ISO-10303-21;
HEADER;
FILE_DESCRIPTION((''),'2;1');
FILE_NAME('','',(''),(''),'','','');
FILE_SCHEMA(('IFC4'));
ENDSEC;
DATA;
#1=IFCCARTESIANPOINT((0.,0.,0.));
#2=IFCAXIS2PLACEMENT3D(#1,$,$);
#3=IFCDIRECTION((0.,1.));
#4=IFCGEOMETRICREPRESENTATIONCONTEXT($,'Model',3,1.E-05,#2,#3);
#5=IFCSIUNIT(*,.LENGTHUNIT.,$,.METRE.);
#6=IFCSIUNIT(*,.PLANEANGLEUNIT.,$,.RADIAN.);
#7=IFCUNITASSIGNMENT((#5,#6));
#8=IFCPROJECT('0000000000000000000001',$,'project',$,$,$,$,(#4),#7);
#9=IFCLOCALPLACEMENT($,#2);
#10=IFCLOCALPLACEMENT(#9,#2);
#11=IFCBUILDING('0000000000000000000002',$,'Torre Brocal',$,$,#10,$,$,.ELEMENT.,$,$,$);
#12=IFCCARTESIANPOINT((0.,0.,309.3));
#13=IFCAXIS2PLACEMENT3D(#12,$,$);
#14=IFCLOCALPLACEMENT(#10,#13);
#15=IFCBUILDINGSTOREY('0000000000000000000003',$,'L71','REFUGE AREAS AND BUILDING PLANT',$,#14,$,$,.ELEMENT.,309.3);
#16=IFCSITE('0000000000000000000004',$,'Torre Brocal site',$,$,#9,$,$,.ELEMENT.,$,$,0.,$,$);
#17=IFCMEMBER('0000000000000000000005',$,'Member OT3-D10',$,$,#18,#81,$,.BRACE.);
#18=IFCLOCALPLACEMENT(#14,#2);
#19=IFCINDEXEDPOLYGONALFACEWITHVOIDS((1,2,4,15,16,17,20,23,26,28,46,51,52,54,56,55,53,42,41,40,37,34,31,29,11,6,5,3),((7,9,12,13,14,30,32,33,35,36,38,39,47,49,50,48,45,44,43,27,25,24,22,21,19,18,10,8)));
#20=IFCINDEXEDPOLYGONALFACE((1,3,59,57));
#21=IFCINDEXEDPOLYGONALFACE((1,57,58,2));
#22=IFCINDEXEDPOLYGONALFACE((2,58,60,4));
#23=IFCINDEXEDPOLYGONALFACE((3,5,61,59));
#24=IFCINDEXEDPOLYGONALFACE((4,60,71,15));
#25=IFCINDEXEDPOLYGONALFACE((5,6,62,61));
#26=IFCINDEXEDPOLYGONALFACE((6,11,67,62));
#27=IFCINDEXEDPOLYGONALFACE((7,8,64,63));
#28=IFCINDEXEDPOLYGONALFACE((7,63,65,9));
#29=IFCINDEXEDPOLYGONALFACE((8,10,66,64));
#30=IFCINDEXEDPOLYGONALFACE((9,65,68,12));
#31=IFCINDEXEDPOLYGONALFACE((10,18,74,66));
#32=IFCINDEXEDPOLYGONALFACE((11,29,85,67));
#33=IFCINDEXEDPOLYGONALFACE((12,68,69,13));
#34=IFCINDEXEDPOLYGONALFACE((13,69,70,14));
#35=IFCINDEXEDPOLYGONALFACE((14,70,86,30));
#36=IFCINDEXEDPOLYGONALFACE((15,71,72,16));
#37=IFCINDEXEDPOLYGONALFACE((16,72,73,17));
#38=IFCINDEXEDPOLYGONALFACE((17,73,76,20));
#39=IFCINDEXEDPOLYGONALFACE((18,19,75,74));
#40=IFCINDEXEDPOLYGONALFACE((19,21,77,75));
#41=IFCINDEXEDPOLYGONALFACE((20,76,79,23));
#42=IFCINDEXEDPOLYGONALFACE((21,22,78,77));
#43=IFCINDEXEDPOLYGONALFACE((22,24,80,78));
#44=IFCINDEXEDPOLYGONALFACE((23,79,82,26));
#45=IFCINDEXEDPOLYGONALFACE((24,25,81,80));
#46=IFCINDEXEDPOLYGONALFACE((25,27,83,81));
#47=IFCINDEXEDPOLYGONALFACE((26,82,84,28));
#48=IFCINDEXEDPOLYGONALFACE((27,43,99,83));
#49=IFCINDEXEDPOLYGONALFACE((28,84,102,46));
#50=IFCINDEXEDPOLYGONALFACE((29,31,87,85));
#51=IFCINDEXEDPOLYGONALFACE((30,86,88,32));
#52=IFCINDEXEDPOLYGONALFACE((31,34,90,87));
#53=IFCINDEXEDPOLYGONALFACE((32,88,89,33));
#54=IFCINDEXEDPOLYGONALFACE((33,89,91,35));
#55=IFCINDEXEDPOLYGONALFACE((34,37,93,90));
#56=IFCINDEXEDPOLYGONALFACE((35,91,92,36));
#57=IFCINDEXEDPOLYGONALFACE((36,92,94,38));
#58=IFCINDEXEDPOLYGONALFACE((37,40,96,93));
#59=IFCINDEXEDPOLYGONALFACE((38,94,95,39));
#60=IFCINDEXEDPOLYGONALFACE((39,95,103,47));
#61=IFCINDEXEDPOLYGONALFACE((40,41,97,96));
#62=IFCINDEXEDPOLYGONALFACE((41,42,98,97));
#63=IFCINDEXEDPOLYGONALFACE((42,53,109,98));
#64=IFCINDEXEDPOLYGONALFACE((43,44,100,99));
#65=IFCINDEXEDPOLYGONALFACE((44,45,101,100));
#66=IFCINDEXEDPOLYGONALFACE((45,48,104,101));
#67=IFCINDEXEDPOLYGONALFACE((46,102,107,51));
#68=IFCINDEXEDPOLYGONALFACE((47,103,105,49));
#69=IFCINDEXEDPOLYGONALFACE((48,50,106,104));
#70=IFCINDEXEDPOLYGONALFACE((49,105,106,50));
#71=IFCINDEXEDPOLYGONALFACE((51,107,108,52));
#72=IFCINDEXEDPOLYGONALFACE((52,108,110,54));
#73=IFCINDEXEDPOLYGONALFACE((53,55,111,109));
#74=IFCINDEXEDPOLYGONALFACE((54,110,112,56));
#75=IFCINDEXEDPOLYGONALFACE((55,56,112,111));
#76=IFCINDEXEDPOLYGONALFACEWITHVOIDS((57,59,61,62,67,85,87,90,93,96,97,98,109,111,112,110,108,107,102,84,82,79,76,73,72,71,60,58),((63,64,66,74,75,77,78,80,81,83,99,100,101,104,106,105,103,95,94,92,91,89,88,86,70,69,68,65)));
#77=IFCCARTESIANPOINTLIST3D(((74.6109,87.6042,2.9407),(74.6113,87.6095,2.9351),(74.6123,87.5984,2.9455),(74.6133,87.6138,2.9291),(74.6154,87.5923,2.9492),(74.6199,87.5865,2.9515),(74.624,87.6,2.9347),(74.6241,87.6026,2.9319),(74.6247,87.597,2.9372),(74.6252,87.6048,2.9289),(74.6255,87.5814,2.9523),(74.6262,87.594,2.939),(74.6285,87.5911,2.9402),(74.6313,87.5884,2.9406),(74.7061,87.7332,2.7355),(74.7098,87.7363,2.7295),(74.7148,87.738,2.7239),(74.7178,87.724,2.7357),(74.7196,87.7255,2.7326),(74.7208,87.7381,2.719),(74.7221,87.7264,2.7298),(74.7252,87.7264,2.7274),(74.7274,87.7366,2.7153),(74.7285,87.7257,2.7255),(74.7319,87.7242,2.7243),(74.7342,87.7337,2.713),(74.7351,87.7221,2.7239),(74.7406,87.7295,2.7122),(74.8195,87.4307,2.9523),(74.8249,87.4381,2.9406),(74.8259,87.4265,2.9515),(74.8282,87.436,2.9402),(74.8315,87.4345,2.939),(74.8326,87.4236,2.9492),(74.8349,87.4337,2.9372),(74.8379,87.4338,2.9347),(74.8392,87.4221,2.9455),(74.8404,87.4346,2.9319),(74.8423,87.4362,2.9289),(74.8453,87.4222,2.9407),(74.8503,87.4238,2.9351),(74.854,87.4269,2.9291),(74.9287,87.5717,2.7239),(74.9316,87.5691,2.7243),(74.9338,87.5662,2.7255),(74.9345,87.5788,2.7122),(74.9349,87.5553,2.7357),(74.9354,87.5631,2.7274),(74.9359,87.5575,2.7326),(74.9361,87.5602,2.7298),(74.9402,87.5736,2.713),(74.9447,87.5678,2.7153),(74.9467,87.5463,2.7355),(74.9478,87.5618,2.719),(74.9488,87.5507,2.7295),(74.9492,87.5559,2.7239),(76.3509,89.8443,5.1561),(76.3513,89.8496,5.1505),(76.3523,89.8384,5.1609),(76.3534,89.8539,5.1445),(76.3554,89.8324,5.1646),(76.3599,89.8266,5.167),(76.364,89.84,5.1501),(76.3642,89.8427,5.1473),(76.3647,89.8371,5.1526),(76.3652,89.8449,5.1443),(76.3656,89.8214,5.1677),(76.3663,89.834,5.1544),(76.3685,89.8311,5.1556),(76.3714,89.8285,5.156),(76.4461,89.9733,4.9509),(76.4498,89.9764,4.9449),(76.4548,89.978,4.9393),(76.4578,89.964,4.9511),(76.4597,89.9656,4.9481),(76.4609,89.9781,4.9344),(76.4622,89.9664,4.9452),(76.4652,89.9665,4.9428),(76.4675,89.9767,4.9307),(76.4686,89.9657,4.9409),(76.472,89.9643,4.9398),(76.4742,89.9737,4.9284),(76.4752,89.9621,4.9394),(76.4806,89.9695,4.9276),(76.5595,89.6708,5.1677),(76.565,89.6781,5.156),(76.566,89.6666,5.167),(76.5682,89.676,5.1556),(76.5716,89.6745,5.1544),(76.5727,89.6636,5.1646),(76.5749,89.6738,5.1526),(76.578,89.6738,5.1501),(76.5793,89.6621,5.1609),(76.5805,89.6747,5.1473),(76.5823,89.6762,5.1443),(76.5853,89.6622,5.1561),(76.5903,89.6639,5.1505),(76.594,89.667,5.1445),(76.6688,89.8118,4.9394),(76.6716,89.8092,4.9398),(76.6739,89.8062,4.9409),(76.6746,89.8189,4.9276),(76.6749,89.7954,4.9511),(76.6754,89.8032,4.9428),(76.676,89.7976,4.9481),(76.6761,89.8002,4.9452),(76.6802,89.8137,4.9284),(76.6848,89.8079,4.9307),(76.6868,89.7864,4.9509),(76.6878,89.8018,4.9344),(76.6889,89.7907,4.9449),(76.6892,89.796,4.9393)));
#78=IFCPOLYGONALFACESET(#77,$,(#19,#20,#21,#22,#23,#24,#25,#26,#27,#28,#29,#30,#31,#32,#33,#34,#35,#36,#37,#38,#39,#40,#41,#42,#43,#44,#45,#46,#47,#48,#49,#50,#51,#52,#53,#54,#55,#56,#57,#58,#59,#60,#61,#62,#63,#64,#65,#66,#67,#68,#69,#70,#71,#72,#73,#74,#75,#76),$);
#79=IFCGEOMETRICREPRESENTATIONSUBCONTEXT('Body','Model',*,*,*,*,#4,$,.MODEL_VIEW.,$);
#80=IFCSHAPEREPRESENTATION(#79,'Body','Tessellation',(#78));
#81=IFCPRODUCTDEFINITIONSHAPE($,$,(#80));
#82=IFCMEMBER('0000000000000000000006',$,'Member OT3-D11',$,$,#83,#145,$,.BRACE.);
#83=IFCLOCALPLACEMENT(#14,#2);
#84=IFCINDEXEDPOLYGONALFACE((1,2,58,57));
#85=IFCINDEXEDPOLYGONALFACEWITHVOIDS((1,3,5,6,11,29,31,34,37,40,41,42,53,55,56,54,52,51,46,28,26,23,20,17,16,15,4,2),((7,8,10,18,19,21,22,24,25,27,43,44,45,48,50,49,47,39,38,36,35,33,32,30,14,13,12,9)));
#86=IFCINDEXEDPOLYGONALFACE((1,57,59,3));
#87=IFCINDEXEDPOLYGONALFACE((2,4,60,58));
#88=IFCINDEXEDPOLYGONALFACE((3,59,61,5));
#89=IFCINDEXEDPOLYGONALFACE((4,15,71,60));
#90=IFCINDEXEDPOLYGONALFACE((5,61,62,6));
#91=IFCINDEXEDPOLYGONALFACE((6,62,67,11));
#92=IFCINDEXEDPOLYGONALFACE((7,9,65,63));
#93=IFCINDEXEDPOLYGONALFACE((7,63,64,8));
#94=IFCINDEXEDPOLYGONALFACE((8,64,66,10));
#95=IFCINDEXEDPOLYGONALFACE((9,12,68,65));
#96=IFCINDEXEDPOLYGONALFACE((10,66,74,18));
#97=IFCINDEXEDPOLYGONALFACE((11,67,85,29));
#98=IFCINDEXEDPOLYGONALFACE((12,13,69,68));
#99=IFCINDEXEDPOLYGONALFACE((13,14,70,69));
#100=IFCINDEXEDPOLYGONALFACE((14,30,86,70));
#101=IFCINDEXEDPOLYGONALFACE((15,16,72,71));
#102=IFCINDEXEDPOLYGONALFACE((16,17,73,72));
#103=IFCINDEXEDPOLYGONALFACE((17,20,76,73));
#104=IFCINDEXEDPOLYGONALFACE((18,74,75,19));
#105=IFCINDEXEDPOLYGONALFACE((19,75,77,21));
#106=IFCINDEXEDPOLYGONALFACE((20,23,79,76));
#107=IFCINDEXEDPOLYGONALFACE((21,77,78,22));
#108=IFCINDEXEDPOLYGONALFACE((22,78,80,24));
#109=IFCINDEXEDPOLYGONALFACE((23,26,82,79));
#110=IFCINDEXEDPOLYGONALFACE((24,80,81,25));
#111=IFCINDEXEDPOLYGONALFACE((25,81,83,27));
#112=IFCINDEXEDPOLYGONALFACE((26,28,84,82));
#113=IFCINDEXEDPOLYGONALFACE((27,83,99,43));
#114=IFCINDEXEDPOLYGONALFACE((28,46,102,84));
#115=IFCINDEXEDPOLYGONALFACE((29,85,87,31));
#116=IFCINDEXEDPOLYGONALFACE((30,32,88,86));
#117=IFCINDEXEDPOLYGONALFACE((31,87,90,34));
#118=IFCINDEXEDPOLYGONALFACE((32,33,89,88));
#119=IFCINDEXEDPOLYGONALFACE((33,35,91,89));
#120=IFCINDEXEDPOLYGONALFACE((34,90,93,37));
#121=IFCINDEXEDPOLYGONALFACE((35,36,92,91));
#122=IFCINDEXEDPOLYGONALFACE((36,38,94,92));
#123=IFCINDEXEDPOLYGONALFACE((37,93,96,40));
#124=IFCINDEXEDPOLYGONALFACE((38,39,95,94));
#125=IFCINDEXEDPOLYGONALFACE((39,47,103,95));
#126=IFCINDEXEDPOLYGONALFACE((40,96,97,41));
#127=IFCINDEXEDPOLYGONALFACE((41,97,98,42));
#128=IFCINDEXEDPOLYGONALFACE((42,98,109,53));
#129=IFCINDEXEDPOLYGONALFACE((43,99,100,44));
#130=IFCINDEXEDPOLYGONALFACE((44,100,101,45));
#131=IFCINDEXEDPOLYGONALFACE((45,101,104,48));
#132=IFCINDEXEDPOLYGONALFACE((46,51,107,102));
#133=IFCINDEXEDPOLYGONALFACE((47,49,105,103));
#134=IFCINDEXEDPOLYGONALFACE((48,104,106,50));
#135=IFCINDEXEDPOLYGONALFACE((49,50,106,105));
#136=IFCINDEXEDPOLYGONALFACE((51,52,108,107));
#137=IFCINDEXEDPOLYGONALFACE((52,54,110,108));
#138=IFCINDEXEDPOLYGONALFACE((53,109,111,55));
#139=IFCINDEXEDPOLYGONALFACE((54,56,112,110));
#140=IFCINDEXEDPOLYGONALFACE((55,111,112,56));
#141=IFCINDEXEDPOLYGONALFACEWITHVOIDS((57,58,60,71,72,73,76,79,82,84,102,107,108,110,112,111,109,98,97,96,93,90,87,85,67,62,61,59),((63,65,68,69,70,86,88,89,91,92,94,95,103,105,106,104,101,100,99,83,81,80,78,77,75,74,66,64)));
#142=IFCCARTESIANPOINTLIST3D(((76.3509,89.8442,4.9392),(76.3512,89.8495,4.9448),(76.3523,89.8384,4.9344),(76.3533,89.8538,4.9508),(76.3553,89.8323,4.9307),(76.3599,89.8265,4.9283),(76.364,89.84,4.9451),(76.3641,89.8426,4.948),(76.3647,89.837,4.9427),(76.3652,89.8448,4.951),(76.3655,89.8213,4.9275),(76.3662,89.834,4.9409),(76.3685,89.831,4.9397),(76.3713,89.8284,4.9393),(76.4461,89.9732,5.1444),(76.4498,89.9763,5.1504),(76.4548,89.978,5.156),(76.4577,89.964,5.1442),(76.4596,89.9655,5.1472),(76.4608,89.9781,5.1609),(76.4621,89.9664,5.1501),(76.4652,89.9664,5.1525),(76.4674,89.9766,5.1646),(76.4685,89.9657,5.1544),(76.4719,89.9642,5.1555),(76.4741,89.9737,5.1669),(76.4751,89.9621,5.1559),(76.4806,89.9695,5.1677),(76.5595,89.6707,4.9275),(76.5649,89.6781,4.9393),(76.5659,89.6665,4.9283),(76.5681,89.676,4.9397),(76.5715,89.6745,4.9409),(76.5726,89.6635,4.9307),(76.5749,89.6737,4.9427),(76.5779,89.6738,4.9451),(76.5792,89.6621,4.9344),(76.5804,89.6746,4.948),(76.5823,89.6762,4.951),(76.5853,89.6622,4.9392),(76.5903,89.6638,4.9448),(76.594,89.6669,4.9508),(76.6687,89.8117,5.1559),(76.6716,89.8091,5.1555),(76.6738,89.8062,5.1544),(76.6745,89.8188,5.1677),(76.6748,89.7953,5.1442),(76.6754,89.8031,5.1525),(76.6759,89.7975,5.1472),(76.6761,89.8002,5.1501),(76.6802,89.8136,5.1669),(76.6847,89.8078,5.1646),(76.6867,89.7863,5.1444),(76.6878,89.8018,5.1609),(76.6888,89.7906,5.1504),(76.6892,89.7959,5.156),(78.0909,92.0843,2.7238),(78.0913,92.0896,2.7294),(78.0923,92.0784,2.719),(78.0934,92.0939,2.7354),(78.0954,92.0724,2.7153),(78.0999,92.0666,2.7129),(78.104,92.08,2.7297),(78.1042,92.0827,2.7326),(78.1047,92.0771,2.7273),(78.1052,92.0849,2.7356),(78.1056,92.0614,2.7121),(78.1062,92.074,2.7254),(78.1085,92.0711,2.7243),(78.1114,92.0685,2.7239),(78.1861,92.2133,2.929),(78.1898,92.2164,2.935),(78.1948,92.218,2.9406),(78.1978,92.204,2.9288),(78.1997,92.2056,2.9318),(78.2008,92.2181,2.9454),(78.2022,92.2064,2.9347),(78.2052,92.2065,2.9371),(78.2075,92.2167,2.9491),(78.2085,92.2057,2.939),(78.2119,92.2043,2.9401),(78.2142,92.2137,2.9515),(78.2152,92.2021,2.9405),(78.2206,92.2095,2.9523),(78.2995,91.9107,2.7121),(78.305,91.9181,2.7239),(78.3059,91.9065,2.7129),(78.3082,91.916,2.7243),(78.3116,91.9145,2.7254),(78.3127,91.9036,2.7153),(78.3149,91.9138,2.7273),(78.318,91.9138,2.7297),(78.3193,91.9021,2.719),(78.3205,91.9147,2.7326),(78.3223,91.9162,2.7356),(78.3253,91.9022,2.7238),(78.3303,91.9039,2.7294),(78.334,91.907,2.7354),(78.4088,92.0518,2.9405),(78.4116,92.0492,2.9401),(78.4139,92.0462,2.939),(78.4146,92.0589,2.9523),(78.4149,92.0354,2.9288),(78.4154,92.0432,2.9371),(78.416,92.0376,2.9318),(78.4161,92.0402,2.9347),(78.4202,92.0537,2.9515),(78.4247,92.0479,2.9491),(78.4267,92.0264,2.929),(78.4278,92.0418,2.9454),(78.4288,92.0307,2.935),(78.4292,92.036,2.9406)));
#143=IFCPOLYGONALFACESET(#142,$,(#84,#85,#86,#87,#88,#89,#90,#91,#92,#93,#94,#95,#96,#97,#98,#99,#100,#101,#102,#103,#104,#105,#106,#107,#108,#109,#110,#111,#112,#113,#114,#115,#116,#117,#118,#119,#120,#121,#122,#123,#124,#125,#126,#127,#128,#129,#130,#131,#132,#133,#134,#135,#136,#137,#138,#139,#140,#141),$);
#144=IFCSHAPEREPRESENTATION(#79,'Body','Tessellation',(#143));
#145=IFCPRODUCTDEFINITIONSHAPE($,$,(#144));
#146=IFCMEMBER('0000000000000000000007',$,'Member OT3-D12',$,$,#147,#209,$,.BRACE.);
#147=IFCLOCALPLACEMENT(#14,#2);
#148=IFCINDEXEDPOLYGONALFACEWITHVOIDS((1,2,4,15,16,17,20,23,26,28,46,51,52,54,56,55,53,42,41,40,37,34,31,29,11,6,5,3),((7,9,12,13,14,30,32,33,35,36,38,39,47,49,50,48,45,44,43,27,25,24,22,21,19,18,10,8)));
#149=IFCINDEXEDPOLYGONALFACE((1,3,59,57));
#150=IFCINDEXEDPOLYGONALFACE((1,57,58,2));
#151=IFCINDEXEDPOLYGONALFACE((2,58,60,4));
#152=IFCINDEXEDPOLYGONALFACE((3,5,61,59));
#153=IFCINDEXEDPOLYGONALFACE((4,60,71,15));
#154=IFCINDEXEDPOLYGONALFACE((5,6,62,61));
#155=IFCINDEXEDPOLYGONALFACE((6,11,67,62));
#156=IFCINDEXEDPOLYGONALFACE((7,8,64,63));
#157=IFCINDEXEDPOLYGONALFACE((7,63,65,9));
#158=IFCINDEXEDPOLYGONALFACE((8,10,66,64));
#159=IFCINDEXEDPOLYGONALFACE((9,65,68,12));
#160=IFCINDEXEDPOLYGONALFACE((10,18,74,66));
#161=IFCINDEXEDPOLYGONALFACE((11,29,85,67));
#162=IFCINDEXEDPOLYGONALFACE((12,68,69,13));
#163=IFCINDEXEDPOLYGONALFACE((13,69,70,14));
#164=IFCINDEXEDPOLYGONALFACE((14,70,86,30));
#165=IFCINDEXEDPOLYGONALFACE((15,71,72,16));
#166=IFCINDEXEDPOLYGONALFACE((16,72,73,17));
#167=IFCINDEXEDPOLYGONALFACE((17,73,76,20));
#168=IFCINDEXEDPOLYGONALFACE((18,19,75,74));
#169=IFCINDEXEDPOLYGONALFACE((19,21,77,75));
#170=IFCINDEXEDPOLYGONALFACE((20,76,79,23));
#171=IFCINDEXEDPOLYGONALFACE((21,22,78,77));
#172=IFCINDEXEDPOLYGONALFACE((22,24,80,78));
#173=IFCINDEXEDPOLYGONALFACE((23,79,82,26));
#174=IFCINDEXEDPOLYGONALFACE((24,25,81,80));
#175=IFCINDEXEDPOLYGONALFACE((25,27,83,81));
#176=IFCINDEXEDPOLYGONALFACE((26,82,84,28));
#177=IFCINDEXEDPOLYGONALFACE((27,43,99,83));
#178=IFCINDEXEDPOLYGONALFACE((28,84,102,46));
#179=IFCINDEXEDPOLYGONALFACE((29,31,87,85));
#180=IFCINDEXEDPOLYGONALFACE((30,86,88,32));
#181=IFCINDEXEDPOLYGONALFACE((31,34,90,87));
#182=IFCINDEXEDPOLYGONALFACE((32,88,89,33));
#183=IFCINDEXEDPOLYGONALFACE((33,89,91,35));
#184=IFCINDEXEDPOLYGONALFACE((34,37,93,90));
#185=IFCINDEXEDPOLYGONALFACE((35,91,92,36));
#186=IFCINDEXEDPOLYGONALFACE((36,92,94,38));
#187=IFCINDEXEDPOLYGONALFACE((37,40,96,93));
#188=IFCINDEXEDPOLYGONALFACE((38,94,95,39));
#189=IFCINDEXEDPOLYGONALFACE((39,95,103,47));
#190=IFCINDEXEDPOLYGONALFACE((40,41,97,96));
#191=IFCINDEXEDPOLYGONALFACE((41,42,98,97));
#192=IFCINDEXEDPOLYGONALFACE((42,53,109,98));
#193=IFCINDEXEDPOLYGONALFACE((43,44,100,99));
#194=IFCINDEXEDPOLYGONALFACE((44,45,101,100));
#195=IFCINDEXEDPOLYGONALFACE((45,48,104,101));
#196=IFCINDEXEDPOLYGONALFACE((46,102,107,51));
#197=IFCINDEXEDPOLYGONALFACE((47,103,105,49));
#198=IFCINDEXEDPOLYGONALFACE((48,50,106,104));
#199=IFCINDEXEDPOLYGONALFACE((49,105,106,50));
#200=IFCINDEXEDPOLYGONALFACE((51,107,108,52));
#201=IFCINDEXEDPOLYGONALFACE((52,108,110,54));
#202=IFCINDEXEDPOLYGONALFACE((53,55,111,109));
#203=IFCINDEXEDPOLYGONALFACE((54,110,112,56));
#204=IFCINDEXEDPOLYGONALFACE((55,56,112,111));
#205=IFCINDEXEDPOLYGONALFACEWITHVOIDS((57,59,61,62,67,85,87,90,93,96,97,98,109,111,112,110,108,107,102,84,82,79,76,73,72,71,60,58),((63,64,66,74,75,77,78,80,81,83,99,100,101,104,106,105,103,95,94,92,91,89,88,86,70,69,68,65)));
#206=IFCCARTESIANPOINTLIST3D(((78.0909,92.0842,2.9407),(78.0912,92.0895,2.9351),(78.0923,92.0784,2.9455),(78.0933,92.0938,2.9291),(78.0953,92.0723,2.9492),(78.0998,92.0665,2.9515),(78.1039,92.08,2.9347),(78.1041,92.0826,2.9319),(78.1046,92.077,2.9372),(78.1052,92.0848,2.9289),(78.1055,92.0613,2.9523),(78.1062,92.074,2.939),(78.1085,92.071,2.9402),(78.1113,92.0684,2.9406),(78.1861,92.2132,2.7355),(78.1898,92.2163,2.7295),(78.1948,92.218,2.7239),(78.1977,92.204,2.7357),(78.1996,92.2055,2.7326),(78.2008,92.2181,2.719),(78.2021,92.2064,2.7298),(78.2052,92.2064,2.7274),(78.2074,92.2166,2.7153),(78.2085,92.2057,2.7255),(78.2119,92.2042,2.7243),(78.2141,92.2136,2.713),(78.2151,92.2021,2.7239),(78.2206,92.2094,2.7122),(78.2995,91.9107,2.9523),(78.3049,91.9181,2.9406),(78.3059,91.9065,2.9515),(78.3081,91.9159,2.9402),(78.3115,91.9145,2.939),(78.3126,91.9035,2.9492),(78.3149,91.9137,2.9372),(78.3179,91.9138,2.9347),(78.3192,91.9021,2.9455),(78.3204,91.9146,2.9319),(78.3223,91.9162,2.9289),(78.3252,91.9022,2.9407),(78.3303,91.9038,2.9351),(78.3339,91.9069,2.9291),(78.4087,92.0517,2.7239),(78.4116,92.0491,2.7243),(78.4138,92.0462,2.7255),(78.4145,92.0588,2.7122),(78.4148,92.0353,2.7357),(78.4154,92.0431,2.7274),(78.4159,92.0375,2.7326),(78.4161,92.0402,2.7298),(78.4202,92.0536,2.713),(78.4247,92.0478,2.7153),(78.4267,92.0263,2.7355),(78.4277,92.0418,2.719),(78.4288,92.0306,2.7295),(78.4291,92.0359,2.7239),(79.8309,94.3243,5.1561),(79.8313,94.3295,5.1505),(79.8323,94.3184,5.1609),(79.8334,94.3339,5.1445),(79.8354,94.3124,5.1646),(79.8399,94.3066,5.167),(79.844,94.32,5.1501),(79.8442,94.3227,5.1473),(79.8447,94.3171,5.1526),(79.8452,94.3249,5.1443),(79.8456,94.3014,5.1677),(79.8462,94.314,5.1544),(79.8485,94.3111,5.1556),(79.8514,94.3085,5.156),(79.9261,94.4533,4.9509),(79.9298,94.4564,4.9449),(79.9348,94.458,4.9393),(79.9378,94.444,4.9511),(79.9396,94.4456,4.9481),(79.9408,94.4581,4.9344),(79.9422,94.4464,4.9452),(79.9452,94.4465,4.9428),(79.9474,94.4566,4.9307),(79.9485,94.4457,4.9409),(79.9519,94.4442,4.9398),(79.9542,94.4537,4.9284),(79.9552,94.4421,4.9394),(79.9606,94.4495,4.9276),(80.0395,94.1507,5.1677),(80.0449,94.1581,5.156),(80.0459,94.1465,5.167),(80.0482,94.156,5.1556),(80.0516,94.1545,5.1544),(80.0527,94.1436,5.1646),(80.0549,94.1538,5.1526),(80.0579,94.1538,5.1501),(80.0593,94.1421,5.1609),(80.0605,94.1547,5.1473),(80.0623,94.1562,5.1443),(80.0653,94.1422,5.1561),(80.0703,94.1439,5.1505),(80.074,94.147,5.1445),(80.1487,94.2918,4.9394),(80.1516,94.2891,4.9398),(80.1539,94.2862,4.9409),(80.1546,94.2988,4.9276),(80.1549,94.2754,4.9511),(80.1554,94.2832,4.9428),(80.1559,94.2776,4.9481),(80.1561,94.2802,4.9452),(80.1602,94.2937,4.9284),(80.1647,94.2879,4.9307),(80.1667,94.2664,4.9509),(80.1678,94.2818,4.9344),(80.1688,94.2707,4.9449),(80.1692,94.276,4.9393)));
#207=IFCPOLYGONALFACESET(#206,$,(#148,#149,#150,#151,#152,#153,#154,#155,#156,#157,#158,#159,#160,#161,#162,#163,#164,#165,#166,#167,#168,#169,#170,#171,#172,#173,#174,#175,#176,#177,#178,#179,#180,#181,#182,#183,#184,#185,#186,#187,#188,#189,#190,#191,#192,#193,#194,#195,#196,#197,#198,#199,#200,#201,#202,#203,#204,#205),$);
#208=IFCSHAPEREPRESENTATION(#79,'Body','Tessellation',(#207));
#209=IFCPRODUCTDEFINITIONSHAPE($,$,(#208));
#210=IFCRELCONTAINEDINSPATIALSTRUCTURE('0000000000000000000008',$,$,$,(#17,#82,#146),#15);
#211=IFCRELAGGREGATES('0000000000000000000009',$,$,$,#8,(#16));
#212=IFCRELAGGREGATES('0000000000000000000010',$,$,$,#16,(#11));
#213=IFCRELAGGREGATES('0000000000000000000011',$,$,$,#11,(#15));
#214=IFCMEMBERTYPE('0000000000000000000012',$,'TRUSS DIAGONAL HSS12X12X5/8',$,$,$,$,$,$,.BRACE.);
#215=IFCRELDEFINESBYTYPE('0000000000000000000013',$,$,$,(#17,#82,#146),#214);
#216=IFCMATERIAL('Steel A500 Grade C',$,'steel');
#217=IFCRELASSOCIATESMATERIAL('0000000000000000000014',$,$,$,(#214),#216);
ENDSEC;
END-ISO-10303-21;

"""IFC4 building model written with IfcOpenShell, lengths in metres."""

from ifc_helpers import new_model, si_unit, direction, frame, origin, origin_2d, place, context, subcontext, project, spatial, hollow_rectangle, extrude, material, material_profile, profile_set, type_object, element, save


model = new_model("IFC4")

# Units and contexts
model_context = context("Model", 3, precision=1e-05, world=origin(), true_north=direction((0.0, 1.0)))
body_context = subcontext(model_context, "Body", "Model", "MODEL_VIEW")
ifc_project = project(units=[si_unit("LENGTHUNIT", "METRE"), si_unit("PLANEANGLEUNIT", "RADIAN")], contexts=[model_context])

# Site, building, storey
site_placement = place(None, origin())
site = spatial("IfcSite", under=ifc_project, at=site_placement, Name="Torre Brocal site", CompositionType="ELEMENT", RefElevation=0.0)
building_placement = place(site_placement, origin())
building = spatial("IfcBuilding", under=site, at=building_placement, Name="Torre Brocal", CompositionType="ELEMENT")
storey_placement = place(building_placement, frame((0.0, 0.0, 309.3)))
storey = spatial("IfcBuildingStorey", under=building, at=storey_placement, Name="L71", Description="REFUGE AREAS AND BUILDING PLANT", CompositionType="ELEMENT", Elevation=309.3)

# Members
ifc_material_1 = material(Name="Steel A500 Grade C", Category="steel")
ifc_material_profile_1 = material_profile(ifc_material_1, hollow_rectangle(XDim=0.3047, YDim=0.3047, WallThickness=0.0149, InnerFilletRadius=0.0149, OuterFilletRadius=0.0295, at=origin_2d()), Name="HSS12X12X5/8")
ifc_profile_set_1 = profile_set([ifc_material_profile_1], Name="Steel A500 Grade C")
member_type_1 = type_object("IfcMemberType", Name="TRUSS DIAGONAL HSS12X12X5/8", PredefinedType="BRACE", material=ifc_profile_set_1)
for number, where, z_axis, x_axis, name in (
    (1, (74.78, 87.5801, 2.8323), (0.483465, 0.622392, 0.615541), (-0.789732, 0.613452, 0.0), "Member OT3-D10"),
    (2, (76.52, 89.8201, 5.0476), (0.483465, 0.622392, -0.615541), (-0.789732, 0.613452, 0.0), "Member OT3-D11"),
    (3, (78.26, 92.0601, 2.8323), (0.483465, 0.622392, 0.615541), (-0.789732, 0.613452, 0.0), "Member OT3-D12"),
):
    element("IfcMember", number, at=place(storey_placement, frame(where, z_axis=z_axis, x_axis=x_axis)), inside=storey, type_object=member_type_1, Name=name, PredefinedType="BRACE", context=body_context, shape_type="SweptSolid", body=[
        extrude(hollow_rectangle(XDim=0.3047, YDim=0.3047, WallThickness=0.0149, InnerFilletRadius=0.0149, OuterFilletRadius=0.0295, at=origin_2d()), origin(), (0.0, 0.0, 1.0), 3.5991),
    ])

save(model, "model.ifc")
